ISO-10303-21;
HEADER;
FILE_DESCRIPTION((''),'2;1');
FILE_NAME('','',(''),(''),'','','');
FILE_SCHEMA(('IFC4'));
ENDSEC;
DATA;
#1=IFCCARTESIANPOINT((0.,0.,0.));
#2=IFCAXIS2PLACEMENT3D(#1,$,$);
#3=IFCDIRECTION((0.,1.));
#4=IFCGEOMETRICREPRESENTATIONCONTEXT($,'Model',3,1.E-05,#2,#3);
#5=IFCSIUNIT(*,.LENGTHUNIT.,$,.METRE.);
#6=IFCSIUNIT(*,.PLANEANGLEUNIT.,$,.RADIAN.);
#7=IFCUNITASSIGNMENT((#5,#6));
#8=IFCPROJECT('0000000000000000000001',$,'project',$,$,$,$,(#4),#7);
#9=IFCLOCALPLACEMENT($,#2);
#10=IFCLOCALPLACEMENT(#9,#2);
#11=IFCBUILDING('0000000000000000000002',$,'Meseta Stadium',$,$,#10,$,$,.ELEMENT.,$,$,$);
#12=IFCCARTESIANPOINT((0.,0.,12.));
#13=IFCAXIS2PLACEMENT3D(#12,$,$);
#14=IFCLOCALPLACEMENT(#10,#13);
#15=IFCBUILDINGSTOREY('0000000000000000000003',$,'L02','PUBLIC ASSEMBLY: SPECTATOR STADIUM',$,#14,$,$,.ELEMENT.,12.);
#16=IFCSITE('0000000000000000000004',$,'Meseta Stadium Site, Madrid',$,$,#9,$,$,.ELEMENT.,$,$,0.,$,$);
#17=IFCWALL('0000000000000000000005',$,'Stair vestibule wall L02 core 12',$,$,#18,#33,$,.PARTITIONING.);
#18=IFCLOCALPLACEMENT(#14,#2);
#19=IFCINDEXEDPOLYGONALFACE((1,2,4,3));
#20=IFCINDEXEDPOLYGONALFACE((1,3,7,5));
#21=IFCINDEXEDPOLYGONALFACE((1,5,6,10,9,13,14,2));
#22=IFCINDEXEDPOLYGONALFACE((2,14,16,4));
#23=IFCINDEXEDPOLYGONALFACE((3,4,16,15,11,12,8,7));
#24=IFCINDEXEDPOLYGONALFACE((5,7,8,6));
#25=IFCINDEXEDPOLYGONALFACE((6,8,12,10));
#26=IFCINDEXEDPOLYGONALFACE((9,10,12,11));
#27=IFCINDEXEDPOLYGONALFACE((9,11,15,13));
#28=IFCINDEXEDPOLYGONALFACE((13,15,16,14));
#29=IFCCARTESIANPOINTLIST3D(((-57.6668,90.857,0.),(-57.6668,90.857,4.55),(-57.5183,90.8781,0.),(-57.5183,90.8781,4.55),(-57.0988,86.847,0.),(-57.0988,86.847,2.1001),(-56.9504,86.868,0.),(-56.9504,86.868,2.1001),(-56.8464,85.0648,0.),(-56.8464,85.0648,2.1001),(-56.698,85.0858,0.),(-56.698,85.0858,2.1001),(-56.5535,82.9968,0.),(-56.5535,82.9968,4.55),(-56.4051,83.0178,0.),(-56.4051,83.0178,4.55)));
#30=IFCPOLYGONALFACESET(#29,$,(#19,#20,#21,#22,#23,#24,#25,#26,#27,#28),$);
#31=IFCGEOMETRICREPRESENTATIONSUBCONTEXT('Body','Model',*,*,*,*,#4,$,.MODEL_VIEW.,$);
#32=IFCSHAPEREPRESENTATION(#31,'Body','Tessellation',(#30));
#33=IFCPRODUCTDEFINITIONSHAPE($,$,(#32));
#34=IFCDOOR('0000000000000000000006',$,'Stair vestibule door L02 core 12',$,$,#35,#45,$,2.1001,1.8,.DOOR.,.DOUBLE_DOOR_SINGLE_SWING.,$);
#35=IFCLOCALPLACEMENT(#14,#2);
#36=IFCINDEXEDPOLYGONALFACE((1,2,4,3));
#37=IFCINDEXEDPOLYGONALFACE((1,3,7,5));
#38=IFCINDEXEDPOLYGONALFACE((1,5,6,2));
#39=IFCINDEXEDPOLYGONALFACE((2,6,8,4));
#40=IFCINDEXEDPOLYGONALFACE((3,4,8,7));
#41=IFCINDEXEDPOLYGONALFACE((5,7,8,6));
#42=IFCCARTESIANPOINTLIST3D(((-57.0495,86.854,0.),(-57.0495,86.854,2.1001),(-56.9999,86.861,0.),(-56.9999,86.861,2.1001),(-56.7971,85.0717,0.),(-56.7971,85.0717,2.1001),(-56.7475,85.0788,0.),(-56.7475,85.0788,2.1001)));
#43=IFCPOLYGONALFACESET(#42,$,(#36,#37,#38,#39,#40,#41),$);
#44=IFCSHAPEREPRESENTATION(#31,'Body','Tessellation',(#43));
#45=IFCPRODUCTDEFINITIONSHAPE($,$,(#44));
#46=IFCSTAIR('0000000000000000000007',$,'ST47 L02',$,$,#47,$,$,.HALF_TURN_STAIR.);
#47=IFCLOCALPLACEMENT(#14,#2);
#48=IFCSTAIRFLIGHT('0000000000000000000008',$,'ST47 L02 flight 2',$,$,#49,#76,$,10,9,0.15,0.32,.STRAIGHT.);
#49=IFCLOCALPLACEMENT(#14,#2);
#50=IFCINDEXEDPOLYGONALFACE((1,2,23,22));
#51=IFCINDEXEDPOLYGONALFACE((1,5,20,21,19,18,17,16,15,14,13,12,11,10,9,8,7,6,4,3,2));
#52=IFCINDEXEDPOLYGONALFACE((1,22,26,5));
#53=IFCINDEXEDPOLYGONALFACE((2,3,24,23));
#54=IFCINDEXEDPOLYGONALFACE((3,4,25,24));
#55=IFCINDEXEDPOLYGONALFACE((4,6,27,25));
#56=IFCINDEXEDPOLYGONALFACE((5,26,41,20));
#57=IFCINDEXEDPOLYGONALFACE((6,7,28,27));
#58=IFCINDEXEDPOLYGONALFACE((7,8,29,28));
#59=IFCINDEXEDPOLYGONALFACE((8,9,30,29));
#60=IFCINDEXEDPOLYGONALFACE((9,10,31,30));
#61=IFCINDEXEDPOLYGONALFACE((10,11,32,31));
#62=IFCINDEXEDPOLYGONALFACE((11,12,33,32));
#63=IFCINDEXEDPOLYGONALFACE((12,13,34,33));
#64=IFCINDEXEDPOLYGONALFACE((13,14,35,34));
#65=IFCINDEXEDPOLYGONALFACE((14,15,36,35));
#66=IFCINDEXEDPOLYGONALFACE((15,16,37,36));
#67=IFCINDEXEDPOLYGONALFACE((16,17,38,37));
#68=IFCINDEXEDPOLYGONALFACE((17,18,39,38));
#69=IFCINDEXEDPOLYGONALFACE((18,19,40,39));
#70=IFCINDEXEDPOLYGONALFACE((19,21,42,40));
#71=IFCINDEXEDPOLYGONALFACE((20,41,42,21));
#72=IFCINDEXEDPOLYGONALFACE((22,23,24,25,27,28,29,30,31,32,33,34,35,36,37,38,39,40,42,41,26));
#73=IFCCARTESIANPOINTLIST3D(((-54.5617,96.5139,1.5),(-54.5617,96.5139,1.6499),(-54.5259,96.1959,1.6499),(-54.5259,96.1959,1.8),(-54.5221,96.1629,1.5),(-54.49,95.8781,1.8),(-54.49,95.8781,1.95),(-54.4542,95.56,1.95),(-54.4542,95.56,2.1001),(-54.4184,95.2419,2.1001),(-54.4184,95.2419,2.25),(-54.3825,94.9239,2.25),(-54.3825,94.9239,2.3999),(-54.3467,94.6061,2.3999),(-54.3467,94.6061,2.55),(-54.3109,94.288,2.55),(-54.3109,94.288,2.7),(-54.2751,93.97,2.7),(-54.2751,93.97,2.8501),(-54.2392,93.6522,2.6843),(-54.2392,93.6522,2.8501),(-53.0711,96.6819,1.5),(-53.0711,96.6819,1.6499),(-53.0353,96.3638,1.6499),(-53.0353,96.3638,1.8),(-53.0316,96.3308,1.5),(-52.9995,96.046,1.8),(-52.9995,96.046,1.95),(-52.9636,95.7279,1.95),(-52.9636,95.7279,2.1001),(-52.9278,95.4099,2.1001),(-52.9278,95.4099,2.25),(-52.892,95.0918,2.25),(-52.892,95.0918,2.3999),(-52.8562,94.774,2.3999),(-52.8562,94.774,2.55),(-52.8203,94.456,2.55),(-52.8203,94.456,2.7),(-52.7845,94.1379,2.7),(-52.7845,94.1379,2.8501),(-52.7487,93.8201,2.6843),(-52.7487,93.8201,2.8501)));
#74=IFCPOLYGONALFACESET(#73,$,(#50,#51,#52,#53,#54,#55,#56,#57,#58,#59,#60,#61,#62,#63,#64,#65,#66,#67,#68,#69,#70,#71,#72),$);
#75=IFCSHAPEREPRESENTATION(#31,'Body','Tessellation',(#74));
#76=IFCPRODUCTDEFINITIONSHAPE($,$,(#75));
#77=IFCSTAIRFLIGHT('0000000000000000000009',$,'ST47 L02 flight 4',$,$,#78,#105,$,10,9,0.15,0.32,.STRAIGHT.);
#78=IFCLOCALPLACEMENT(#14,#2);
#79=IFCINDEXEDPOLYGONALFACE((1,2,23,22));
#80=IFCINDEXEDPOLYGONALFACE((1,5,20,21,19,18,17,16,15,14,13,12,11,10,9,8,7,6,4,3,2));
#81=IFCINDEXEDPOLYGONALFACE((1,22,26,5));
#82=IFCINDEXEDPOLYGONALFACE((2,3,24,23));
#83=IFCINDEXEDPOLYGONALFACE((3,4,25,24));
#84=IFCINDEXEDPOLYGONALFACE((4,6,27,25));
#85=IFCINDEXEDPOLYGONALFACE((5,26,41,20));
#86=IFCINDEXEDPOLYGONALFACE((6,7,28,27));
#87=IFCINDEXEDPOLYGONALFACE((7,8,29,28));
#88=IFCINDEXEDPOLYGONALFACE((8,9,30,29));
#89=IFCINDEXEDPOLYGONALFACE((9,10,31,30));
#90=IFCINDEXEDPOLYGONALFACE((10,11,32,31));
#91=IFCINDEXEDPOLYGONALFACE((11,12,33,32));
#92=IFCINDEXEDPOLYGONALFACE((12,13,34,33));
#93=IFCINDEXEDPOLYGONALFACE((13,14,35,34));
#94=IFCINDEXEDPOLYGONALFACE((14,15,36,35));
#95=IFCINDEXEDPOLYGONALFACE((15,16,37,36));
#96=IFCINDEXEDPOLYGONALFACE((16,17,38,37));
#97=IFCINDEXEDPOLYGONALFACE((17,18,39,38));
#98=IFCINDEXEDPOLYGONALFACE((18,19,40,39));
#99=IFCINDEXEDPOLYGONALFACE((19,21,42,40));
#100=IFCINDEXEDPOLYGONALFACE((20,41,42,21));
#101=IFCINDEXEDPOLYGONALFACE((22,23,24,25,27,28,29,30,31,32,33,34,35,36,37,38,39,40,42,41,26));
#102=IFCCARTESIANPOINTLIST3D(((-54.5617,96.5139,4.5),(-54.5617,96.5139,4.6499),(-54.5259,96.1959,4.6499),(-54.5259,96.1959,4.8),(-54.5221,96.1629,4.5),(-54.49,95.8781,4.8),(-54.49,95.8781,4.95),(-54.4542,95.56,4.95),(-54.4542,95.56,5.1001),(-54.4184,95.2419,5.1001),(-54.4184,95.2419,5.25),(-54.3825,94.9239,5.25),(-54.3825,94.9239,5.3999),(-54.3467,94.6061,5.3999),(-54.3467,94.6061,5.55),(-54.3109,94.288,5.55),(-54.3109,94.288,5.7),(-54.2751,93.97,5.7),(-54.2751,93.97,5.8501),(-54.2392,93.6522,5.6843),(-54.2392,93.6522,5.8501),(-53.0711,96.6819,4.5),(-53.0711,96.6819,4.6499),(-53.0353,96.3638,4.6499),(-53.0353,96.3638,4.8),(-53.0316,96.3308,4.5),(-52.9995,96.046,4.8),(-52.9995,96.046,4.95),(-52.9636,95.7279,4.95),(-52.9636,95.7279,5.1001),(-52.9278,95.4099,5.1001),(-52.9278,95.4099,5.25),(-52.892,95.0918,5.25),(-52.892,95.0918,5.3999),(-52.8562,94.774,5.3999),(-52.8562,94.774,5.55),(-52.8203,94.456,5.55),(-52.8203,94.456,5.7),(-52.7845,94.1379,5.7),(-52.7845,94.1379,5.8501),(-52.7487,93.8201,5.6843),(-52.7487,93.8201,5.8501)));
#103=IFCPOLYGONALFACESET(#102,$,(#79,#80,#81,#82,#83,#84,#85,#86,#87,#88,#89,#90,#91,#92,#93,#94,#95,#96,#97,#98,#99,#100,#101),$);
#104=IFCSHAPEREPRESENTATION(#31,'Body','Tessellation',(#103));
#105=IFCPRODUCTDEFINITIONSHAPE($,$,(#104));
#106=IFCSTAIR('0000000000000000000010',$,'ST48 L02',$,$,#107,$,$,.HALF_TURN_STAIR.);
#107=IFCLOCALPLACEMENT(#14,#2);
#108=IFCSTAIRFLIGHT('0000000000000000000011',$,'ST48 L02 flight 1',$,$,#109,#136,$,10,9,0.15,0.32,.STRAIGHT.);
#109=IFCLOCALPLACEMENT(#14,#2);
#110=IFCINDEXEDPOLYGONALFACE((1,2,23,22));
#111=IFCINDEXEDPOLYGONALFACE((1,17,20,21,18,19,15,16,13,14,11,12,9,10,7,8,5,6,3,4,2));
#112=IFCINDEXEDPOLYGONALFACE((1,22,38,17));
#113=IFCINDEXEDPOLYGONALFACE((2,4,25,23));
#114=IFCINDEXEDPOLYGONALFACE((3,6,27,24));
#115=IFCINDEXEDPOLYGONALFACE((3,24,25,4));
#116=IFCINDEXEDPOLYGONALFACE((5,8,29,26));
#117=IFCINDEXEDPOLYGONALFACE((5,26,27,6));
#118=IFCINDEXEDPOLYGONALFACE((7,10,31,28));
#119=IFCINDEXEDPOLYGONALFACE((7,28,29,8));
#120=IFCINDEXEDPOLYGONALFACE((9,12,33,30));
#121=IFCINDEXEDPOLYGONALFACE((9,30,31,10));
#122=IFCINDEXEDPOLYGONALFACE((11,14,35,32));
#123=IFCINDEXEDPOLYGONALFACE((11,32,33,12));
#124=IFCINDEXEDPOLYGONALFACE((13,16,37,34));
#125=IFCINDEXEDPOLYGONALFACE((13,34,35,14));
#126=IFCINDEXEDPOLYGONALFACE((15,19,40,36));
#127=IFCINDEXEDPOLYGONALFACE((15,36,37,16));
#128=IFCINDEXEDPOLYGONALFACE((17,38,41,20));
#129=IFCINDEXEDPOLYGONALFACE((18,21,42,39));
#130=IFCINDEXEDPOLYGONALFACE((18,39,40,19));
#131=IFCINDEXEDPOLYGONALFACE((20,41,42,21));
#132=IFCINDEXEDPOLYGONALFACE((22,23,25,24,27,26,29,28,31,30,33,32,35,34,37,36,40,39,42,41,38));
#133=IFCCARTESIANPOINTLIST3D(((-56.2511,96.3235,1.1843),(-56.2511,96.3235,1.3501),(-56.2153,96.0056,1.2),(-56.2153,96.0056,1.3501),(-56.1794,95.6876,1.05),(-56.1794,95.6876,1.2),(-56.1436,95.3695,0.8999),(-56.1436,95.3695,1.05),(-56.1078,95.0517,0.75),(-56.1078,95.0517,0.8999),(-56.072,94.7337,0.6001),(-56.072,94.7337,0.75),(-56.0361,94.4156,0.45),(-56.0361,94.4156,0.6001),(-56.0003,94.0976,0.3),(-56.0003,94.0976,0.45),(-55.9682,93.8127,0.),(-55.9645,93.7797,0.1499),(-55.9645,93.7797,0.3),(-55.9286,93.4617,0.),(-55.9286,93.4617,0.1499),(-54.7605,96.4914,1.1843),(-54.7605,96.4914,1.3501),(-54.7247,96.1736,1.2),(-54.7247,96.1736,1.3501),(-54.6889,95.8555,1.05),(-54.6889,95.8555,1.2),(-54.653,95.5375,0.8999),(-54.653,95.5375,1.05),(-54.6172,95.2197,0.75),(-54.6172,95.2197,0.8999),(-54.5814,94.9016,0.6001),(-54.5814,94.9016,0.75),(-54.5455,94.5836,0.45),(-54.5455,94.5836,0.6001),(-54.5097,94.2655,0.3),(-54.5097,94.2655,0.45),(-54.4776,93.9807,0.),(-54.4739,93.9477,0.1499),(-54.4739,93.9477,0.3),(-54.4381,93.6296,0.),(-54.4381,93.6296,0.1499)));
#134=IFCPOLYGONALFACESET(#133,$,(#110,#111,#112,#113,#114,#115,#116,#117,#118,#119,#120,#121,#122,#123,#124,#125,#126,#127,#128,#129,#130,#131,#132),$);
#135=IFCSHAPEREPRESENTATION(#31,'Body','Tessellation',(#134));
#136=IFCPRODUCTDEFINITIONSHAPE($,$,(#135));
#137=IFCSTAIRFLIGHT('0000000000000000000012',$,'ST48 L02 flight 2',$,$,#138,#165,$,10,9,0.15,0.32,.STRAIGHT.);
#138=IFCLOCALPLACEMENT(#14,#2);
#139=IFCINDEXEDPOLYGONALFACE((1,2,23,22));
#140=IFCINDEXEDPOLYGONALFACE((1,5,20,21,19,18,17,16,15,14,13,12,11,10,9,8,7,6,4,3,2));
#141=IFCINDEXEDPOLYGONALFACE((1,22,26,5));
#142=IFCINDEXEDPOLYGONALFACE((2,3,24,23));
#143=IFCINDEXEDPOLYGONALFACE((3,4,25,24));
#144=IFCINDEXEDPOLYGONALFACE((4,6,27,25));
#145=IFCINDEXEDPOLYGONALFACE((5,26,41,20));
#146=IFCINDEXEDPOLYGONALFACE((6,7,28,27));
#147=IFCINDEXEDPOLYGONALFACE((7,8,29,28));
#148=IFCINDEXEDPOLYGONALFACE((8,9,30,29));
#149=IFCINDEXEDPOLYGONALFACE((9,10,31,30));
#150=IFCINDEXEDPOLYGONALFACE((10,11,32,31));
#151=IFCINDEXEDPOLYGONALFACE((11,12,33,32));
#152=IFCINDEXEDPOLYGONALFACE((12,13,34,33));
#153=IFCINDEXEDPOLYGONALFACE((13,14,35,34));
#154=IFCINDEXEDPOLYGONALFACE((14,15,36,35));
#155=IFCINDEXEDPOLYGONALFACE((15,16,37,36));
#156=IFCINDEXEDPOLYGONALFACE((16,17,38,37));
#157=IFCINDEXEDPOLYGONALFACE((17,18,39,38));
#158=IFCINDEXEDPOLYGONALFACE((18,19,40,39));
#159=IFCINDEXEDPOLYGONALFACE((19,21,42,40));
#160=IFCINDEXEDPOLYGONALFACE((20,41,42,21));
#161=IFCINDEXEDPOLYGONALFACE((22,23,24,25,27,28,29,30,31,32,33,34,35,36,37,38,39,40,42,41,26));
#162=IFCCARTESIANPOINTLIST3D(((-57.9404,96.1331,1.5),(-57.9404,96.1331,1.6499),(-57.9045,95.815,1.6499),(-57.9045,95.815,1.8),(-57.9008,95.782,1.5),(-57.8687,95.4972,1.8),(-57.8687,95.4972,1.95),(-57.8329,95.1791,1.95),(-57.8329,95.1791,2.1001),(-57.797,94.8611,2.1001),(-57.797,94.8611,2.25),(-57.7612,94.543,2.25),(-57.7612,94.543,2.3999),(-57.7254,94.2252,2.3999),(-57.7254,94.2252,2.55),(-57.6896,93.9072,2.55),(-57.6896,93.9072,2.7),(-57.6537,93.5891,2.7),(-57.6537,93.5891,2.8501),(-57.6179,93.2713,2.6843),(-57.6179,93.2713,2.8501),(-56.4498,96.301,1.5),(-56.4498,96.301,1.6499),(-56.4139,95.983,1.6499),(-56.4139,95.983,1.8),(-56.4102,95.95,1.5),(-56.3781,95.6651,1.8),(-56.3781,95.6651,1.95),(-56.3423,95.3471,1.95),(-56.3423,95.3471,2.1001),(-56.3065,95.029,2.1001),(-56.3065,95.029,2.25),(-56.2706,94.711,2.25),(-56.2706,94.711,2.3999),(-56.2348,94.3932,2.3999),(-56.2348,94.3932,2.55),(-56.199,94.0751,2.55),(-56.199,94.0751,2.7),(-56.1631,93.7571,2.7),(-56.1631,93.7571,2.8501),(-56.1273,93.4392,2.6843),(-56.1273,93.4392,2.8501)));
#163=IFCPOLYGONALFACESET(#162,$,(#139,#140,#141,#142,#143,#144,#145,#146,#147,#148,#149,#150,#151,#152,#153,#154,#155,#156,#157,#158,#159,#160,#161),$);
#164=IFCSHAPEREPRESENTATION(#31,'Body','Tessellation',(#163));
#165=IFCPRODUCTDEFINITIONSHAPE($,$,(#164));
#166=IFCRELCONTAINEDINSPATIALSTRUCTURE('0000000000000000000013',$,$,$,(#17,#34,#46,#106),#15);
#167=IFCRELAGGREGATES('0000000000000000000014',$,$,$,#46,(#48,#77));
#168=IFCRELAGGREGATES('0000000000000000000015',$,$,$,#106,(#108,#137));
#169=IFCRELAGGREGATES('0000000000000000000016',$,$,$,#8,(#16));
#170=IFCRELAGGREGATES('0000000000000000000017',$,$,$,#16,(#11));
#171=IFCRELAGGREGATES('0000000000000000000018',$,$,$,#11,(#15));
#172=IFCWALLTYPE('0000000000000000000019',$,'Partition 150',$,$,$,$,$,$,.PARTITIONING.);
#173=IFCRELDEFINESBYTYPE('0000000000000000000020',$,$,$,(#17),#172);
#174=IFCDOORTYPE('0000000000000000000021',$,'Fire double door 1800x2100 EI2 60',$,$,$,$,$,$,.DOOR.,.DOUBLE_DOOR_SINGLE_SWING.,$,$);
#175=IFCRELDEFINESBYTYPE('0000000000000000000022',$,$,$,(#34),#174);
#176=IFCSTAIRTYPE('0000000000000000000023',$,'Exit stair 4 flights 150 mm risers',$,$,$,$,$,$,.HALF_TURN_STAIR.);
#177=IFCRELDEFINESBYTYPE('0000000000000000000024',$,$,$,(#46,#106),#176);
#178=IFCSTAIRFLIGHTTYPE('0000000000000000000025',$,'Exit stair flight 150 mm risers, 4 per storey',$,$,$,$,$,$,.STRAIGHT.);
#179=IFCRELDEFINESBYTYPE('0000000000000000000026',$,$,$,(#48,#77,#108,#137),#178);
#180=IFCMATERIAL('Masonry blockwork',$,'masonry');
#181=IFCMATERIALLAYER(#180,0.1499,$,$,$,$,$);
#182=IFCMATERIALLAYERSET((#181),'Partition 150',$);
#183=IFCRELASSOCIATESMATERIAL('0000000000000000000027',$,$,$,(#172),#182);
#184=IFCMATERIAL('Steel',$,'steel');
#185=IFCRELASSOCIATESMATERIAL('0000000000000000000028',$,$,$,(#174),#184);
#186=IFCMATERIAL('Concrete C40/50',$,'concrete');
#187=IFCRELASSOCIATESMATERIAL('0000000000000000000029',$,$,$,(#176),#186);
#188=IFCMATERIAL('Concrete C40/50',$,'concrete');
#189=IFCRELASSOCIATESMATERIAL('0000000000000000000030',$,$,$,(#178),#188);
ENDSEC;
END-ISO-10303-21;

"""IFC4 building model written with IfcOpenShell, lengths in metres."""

from ifc_helpers import new_model, si_unit, direction, frame, frame_2d, origin, place, context, subcontext, project, spatial, polyline, rectangle, outline, extrude, material, layer, layer_set, type_object, element, fill, aggregate, save


model = new_model("IFC4")

# Units and contexts
model_context = context("Model", 3, precision=1e-05, world=origin(), true_north=direction((0.0, 1.0)))
body_context = subcontext(model_context, "Body", "Model", "MODEL_VIEW")
ifc_project = project(units=[si_unit("LENGTHUNIT", "METRE"), si_unit("PLANEANGLEUNIT", "RADIAN")], contexts=[model_context])

# Site, building, storey
site_placement = place(None, origin())
site = spatial("IfcSite", under=ifc_project, at=site_placement, Name="Meseta Stadium Site, Madrid", CompositionType="ELEMENT", RefElevation=0.0)
building_placement = place(site_placement, origin())
building = spatial("IfcBuilding", under=site, at=building_placement, Name="Meseta Stadium", CompositionType="ELEMENT")
storey_placement = place(building_placement, frame((0.0, 0.0, 12.0)))
storey = spatial("IfcBuildingStorey", under=building, at=storey_placement, Name="L02", Description="PUBLIC ASSEMBLY: SPECTATOR STADIUM", CompositionType="ELEMENT", Elevation=12.0)

# Shared definitions
ifc_material_1 = material(Name="Masonry blockwork", Category="masonry")
ifc_layer_1 = layer(ifc_material_1, 0.1499)
ifc_layer_set_1 = layer_set([ifc_layer_1], Name="Partition 150")
wall_type_1 = type_object("IfcWallType", Name="Partition 150", PredefinedType="PARTITIONING", material=ifc_layer_set_1)

# Wall, opening, door
wall_1_placement = place(storey_placement, frame((-57.5925, 90.8674, 0.0), z_axis=(0.0, 0.0, 1.0), x_axis=(0.140233, -0.990119, 0.0)))
wall_1 = element("IfcWall", 1, at=wall_1_placement, inside=storey, type_object=wall_type_1, Name="Stair vestibule wall L02 core 12", PredefinedType="PARTITIONING", context=body_context, shape_type="SweptSolid", body=[
    extrude(rectangle(XDim=7.9387, YDim=0.1499, at=frame_2d((3.9692, 0.0))), origin(), (0.0, 0.0, 1.0), 4.55),
])
opening_1_placement = place(wall_1_placement, frame((4.05, 0.0, 0.0)))
opening_1 = element("IfcOpeningElement", 2, at=opening_1_placement, cuts=wall_1, PredefinedType="OPENING", context=body_context, shape_type="SweptSolid", body=[
    extrude(rectangle(XDim=1.8, YDim=2.1001, at=frame_2d((0.8999, 1.05))), frame((0.0, 0.085, 0.0), z_axis=(0.0, -1.0, 0.0), x_axis=(1.0, 0.0, 0.0)), (0.0, 0.0, 1.0), 0.1699),
])
ifc_material_2 = material(Name="Steel", Category="steel")
door_type_1 = type_object("IfcDoorType", Name="Fire double door 1800x2100 EI2 60", OperationType="DOUBLE_DOOR_SINGLE_SWING", PredefinedType="DOOR", material=ifc_material_2)
door_1_placement = place(opening_1_placement, origin())
door_1 = element("IfcDoor", 3, at=door_1_placement, inside=storey, type_object=door_type_1, Name="Stair vestibule door L02 core 12", OperationType="DOUBLE_DOOR_SINGLE_SWING", OverallHeight=2.1001, OverallWidth=1.8, PredefinedType="DOOR", context=body_context, shape_type="SweptSolid", body=[
    extrude(rectangle(XDim=1.8, YDim=2.1001, at=frame_2d((0.8999, 1.05))), frame((0.0, 0.0249, 0.0), z_axis=(0.0, -1.0, 0.0), x_axis=(1.0, 0.0, 0.0)), (0.0, 0.0, 1.0), 0.05),
])
fill(opening_1, door_1)

# Stairs, stair flights
ifc_material_3 = material(Name="Concrete C40/50", Category="concrete")
stair_type = type_object("IfcStairType", Name="Exit stair 4 flights 150 mm risers", PredefinedType="HALF_TURN_STAIR", material=ifc_material_3)
stair_1_placement = place(storey_placement, origin())
stair_1 = element("IfcStair", 4, at=stair_1_placement, inside=storey, type_object=stair_type, Name="ST47 L02", PredefinedType="HALF_TURN_STAIR")
ifc_material_4 = material(Name="Concrete C40/50", Category="concrete")
stair_flight_type = type_object("IfcStairFlightType", Name="Exit stair flight 150 mm risers, 4 per storey", PredefinedType="STRAIGHT", material=ifc_material_4)
stair_flight_1_placement = place(storey_placement, frame((-53.8164, 96.5979, 1.5), z_axis=(0.0, 0.0, 1.0), x_axis=(0.111964, -0.993712, 0.0)))
stair_flight_1 = element("IfcStairFlight", 5, at=stair_flight_1_placement, type_object=stair_flight_type, Name="ST47 L02 flight 2", NumberOfRisers=10, NumberOfTreads=9, PredefinedType="STRAIGHT", RiserHeight=0.15, TreadLength=0.32, context=body_context, shape_type="SweptSolid", body=[
    extrude(outline(polyline([(0.0, 0.0), (0.0, 0.1499), (0.3201, 0.1499), (0.3201, 0.3), (0.6399, 0.3), (0.6399, 0.45), (0.96, 0.45), (0.96, 0.6001), (1.28, 0.6001), (1.28, 0.75), (1.6001, 0.75), (1.6001, 0.8999), (1.9199, 0.8999), (1.9199, 1.05), (2.24, 1.05), (2.24, 1.2), (2.5601, 1.2), (2.5601, 1.3501), (2.8799, 1.3501), (2.8799, 1.1843), (0.3533, 0.0), (0.0, 0.0)])), frame((0.0, 0.75, 0.0), z_axis=(0.0, -1.0, 0.0), x_axis=(1.0, 0.0, 0.0)), (0.0, 0.0, 1.0), 1.5),
])
stair_flight_2_placement = place(storey_placement, frame((-53.8164, 96.5979, 4.5), z_axis=(0.0, 0.0, 1.0), x_axis=(0.111964, -0.993712, 0.0)))
stair_flight_2 = element("IfcStairFlight", 6, at=stair_flight_2_placement, type_object=stair_flight_type, Name="ST47 L02 flight 4", NumberOfRisers=10, NumberOfTreads=9, PredefinedType="STRAIGHT", RiserHeight=0.15, TreadLength=0.32, context=body_context, shape_type="SweptSolid", body=[
    extrude(outline(polyline([(0.0, 0.0), (0.0, 0.1499), (0.3201, 0.1499), (0.3201, 0.3), (0.6399, 0.3), (0.6399, 0.45), (0.96, 0.45), (0.96, 0.6001), (1.28, 0.6001), (1.28, 0.75), (1.6001, 0.75), (1.6001, 0.8999), (1.9199, 0.8999), (1.9199, 1.05), (2.24, 1.05), (2.24, 1.2), (2.5601, 1.2), (2.5601, 1.3501), (2.8799, 1.3501), (2.8799, 1.1843), (0.3533, 0.0), (0.0, 0.0)])), frame((0.0, 0.75, 0.0), z_axis=(0.0, -1.0, 0.0), x_axis=(1.0, 0.0, 0.0)), (0.0, 0.0, 1.0), 1.5),
])
aggregate(stair_1, [stair_flight_1, stair_flight_2])
stair_2_placement = place(storey_placement, origin())
stair_2 = element("IfcStair", 7, at=stair_2_placement, inside=storey, type_object=stair_type, Name="ST48 L02", PredefinedType="HALF_TURN_STAIR")
stair_flight_3_placement = place(storey_placement, frame((-55.1833, 93.5457, 0.0), z_axis=(0.0, 0.0, 1.0), x_axis=(-0.111964, 0.993712, 0.0)))
stair_flight_3 = element("IfcStairFlight", 8, at=stair_flight_3_placement, type_object=stair_flight_type, Name="ST48 L02 flight 1", NumberOfRisers=10, NumberOfTreads=9, PredefinedType="STRAIGHT", RiserHeight=0.15, TreadLength=0.32, context=body_context, shape_type="SweptSolid", body=[
    extrude(outline(polyline([(0.0, 0.0), (0.0, 0.1499), (0.3201, 0.1499), (0.3201, 0.3), (0.6399, 0.3), (0.6399, 0.45), (0.96, 0.45), (0.96, 0.6001), (1.28, 0.6001), (1.28, 0.75), (1.6001, 0.75), (1.6001, 0.8999), (1.9199, 0.8999), (1.9199, 1.05), (2.24, 1.05), (2.24, 1.2), (2.5601, 1.2), (2.5601, 1.3501), (2.8799, 1.3501), (2.8799, 1.1843), (0.3533, 0.0), (0.0, 0.0)])), frame((0.0, 0.75, 0.0), z_axis=(0.0, -1.0, 0.0), x_axis=(1.0, 0.0, 0.0)), (0.0, 0.0, 1.0), 1.5),
])
stair_flight_4_placement = place(storey_placement, frame((-57.1951, 96.217, 1.5), z_axis=(0.0, 0.0, 1.0), x_axis=(0.111964, -0.993712, 0.0)))
stair_flight_4 = element("IfcStairFlight", 9, at=stair_flight_4_placement, type_object=stair_flight_type, Name="ST48 L02 flight 2", NumberOfRisers=10, NumberOfTreads=9, PredefinedType="STRAIGHT", RiserHeight=0.15, TreadLength=0.32, context=body_context, shape_type="SweptSolid", body=[
    extrude(outline(polyline([(0.0, 0.0), (0.0, 0.1499), (0.3201, 0.1499), (0.3201, 0.3), (0.6399, 0.3), (0.6399, 0.45), (0.96, 0.45), (0.96, 0.6001), (1.28, 0.6001), (1.28, 0.75), (1.6001, 0.75), (1.6001, 0.8999), (1.9199, 0.8999), (1.9199, 1.05), (2.24, 1.05), (2.24, 1.2), (2.5601, 1.2), (2.5601, 1.3501), (2.8799, 1.3501), (2.8799, 1.1843), (0.3533, 0.0), (0.0, 0.0)])), frame((0.0, 0.75, 0.0), z_axis=(0.0, -1.0, 0.0), x_axis=(1.0, 0.0, 0.0)), (0.0, 0.0, 1.0), 1.5),
])
aggregate(stair_2, [stair_flight_3, stair_flight_4])

save(model, "model.ifc")
